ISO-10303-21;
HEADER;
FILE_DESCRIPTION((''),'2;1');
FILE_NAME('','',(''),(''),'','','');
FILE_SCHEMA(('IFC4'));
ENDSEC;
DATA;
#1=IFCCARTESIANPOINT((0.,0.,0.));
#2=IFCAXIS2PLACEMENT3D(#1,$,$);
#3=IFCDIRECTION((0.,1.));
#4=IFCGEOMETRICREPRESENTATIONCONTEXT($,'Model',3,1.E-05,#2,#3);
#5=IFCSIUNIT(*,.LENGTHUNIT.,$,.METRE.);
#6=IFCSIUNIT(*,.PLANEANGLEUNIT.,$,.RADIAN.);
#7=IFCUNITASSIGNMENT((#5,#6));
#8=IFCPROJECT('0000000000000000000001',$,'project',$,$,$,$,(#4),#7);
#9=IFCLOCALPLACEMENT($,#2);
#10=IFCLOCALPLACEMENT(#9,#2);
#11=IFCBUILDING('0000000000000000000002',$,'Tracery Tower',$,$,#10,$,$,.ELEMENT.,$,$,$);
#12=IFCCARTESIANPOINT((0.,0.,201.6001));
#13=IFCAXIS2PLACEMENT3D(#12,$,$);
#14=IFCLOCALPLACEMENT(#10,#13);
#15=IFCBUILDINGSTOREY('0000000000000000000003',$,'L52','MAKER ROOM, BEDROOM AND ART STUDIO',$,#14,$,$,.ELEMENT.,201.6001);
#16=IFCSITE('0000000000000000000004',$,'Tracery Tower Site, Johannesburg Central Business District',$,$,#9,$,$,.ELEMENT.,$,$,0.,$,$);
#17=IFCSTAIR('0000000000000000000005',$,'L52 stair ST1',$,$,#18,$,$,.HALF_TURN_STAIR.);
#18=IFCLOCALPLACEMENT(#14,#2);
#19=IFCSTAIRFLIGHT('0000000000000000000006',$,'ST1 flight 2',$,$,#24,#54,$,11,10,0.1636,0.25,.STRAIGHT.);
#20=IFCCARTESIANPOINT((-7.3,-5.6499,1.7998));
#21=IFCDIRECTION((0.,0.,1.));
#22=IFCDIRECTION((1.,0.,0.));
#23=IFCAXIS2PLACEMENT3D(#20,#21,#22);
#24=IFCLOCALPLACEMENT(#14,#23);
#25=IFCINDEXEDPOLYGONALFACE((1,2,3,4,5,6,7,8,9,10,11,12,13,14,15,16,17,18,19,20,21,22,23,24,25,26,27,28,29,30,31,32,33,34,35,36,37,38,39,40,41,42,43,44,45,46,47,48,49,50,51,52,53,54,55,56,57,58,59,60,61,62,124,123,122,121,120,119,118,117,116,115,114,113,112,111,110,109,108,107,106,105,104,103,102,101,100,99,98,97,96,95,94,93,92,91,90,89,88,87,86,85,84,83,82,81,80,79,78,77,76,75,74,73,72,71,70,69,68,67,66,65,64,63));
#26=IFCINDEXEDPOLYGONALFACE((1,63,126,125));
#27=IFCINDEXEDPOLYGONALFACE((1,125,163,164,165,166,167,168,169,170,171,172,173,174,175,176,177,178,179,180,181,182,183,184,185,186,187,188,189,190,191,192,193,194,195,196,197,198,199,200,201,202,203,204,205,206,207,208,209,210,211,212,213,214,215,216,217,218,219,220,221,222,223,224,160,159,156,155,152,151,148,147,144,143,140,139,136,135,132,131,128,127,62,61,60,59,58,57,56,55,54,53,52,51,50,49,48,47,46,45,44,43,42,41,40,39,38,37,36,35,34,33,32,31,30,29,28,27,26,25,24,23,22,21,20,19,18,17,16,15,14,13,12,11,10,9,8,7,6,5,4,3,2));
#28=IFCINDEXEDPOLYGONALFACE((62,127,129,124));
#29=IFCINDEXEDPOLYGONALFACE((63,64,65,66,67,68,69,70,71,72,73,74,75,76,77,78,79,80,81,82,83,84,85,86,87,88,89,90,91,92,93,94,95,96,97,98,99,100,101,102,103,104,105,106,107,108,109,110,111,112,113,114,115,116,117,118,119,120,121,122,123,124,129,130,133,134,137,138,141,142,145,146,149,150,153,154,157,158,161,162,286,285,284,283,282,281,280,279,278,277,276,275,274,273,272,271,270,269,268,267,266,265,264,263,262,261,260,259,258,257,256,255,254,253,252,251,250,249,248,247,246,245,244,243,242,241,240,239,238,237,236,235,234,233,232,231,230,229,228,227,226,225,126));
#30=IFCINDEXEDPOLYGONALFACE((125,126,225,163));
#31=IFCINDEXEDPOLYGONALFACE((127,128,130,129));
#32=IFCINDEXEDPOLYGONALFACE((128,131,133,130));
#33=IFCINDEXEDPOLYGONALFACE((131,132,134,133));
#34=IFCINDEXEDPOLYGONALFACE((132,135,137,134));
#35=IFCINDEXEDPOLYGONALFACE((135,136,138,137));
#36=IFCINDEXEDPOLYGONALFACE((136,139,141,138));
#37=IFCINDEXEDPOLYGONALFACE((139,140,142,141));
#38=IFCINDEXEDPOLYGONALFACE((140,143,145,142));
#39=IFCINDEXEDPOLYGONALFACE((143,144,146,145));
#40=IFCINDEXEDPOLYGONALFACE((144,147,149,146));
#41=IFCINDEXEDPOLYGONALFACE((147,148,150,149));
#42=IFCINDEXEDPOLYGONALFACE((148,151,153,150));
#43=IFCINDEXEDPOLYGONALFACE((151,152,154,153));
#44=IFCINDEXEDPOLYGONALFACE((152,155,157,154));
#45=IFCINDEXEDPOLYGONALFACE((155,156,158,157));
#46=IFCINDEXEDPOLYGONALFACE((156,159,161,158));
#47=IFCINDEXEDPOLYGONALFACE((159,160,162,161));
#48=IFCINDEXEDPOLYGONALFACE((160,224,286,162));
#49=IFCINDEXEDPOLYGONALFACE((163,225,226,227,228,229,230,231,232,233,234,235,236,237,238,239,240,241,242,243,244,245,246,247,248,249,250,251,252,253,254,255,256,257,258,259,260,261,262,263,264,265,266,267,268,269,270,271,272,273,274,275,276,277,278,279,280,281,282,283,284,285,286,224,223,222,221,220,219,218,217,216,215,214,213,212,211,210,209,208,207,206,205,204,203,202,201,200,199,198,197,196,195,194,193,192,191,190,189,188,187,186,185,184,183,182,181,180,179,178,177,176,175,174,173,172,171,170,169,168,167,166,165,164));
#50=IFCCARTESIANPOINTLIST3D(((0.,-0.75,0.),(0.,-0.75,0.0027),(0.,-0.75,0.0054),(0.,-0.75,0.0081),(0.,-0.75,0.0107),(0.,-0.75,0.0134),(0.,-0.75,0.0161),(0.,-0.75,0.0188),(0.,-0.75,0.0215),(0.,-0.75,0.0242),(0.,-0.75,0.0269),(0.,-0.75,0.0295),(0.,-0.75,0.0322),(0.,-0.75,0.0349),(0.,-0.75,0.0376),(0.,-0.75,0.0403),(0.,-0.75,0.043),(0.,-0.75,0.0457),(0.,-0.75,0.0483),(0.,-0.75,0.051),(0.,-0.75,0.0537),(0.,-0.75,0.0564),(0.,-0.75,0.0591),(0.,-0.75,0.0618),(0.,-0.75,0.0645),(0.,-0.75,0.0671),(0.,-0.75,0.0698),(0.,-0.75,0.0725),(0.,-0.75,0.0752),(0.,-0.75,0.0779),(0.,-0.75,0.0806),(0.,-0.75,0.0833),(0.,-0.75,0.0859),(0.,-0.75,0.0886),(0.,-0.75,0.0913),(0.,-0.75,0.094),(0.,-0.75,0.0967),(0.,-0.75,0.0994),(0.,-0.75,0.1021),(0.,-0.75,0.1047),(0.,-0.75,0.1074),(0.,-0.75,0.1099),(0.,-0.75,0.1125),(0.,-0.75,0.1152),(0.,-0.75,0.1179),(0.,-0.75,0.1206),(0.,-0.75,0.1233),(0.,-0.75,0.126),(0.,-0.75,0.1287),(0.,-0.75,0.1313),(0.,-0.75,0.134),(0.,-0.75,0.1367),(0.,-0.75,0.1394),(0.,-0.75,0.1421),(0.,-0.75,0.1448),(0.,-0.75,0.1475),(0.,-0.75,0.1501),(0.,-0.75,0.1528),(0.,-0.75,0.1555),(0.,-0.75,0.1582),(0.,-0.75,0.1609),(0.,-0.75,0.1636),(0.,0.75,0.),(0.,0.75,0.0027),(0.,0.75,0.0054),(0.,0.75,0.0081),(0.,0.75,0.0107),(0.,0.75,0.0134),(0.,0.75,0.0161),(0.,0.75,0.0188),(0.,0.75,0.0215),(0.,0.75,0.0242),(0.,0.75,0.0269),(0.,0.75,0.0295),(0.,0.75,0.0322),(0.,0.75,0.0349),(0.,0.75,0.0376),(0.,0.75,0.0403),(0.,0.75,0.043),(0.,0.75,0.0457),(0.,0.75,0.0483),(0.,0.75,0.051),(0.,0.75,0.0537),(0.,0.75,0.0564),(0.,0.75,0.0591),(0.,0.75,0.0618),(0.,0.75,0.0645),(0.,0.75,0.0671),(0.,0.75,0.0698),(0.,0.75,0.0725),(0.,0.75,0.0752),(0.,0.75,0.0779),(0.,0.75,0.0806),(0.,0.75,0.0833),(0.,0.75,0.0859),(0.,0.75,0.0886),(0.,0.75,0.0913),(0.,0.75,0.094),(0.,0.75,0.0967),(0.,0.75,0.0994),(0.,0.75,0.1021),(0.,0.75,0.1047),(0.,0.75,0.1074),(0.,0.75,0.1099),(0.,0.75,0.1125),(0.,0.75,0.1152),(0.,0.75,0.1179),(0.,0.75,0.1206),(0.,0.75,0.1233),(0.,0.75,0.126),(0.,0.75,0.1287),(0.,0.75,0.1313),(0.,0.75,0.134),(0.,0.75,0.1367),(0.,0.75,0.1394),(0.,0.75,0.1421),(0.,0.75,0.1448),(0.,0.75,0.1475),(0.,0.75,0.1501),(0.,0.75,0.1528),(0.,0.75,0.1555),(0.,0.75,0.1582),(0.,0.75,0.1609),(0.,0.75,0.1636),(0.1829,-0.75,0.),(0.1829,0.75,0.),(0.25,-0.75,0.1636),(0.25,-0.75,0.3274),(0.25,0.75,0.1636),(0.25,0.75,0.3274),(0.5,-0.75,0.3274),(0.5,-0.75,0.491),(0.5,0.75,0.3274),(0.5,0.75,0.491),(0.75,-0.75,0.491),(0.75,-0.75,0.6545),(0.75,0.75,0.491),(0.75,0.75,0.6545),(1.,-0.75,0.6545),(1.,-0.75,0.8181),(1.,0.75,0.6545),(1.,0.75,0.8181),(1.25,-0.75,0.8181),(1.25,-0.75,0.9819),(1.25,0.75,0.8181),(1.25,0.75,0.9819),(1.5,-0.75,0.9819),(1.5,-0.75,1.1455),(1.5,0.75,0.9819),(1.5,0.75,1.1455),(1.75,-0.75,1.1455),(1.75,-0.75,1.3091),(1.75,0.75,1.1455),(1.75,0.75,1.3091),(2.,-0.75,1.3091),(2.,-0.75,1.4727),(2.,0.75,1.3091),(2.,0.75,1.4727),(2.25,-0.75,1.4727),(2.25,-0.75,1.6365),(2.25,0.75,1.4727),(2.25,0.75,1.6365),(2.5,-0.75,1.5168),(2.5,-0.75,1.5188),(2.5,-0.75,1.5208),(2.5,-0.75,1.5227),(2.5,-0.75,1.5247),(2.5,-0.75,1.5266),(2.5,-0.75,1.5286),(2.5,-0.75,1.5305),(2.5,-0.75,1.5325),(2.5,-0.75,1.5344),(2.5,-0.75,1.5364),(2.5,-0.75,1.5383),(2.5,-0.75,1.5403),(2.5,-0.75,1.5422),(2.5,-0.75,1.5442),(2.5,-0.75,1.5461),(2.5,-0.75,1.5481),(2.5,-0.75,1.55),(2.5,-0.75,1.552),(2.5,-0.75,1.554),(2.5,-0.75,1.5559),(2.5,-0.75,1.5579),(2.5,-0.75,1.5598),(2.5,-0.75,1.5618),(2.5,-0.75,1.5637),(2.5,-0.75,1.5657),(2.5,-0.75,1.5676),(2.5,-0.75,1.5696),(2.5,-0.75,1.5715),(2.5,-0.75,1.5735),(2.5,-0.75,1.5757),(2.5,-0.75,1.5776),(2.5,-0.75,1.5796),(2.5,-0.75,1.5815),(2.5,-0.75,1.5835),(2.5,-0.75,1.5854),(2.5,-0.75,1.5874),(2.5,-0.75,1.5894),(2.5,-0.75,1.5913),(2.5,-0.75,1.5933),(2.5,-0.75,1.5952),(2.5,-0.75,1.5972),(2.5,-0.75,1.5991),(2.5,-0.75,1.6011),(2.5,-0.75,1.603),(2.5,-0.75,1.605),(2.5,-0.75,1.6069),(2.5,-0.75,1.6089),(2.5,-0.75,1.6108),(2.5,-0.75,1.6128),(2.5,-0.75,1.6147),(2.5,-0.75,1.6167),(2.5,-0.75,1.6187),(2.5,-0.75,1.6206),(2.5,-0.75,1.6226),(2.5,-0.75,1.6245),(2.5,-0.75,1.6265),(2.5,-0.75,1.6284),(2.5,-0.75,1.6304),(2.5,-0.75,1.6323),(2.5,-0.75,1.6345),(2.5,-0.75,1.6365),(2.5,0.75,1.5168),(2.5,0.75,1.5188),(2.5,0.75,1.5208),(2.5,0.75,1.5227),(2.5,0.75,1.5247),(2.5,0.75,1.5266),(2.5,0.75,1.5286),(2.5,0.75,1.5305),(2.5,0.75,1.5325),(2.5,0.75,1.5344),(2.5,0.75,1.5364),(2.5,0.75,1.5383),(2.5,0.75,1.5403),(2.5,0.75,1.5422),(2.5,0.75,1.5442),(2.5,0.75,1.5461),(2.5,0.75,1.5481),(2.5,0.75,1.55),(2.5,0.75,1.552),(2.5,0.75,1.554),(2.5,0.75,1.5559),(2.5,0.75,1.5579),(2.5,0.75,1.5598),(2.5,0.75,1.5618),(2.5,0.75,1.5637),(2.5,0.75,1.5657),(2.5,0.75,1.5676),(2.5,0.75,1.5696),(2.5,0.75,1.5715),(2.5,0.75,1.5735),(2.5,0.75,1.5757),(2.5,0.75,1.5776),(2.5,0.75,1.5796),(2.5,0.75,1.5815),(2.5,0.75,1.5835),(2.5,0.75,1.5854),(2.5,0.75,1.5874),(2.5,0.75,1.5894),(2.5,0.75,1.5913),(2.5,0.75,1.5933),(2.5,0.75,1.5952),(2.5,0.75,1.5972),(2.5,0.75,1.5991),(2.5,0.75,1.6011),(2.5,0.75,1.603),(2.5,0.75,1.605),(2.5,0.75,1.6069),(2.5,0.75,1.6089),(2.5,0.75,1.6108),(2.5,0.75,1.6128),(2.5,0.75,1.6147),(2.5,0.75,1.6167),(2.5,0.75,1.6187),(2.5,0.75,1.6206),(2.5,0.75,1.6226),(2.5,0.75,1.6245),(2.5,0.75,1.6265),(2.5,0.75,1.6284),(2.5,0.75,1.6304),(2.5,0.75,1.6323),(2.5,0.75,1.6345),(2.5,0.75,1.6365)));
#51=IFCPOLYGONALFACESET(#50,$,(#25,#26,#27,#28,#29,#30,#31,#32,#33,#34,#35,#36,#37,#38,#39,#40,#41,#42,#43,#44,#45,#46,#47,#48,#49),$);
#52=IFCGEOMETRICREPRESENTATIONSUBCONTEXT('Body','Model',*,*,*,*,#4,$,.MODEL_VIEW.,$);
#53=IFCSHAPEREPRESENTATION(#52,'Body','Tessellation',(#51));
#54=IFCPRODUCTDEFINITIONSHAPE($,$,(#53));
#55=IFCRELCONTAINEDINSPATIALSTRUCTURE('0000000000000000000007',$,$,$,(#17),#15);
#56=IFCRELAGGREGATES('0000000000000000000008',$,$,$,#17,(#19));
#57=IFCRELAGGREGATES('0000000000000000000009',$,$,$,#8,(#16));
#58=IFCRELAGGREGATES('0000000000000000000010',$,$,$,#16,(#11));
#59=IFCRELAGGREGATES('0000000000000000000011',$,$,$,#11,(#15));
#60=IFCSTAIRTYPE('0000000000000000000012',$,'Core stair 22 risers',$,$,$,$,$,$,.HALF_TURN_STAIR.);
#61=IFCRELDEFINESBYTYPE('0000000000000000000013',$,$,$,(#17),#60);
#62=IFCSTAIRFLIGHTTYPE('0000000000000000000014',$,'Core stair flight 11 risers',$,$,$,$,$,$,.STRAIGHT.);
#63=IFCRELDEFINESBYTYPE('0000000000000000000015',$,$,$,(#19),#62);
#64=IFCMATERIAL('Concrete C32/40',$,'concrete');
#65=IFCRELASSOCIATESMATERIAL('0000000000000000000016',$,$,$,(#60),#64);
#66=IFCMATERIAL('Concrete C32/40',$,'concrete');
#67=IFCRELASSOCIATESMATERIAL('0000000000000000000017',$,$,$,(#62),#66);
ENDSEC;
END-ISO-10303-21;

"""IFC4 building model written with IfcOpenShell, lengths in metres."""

from ifc_helpers import new_model, si_unit, direction, frame, origin, place, context, subcontext, project, spatial, polyline, outline, extrude, material, type_object, element, aggregate, save


model = new_model("IFC4")

# Units and contexts
model_context = context("Model", 3, precision=1e-05, world=origin(), true_north=direction((0.0, 1.0)))
body_context = subcontext(model_context, "Body", "Model", "MODEL_VIEW")
ifc_project = project(units=[si_unit("LENGTHUNIT", "METRE"), si_unit("PLANEANGLEUNIT", "RADIAN")], contexts=[model_context])

# Site, building, storey
site_placement = place(None, origin())
site = spatial("IfcSite", under=ifc_project, at=site_placement, Name="Tracery Tower Site, Johannesburg Central Business District", CompositionType="ELEMENT", RefElevation=0.0)
building_placement = place(site_placement, origin())
building = spatial("IfcBuilding", under=site, at=building_placement, Name="Tracery Tower", CompositionType="ELEMENT")
storey_placement = place(building_placement, frame((0.0, 0.0, 201.6001)))
storey = spatial("IfcBuildingStorey", under=building, at=storey_placement, Name="L52", Description="MAKER ROOM, BEDROOM AND ART STUDIO", CompositionType="ELEMENT", Elevation=201.6001)

# Stair, stair flight
ifc_material_1 = material(Name="Concrete C32/40", Category="concrete")
stair_type = type_object("IfcStairType", Name="Core stair 22 risers", PredefinedType="HALF_TURN_STAIR", material=ifc_material_1)
stair_placement = place(storey_placement, origin())
stair = element("IfcStair", 1, at=stair_placement, inside=storey, type_object=stair_type, Name="L52 stair ST1", PredefinedType="HALF_TURN_STAIR")
ifc_material_2 = material(Name="Concrete C32/40", Category="concrete")
stair_flight_type = type_object("IfcStairFlightType", Name="Core stair flight 11 risers", PredefinedType="STRAIGHT", material=ifc_material_2)
stair_flight_1_placement = place(storey_placement, frame((-7.3, -5.6499, 1.7998), z_axis=(0.0, 0.0, 1.0), x_axis=(1.0, 0.0, 0.0)))
stair_flight_1 = element("IfcStairFlight", 2, at=stair_flight_1_placement, type_object=stair_flight_type, Name="ST1 flight 2", NumberOfRisers=11, NumberOfTreads=10, PredefinedType="STRAIGHT", RiserHeight=0.1636, TreadLength=0.25, context=body_context, shape_type="SweptSolid", body=[
    extrude(outline(polyline([(0.0, 0.0), (0.0, 0.0027), (0.0, 0.0054), (0.0, 0.0081), (0.0, 0.0107), (0.0, 0.0134), (0.0, 0.0161), (0.0, 0.0188), (0.0, 0.0215), (0.0, 0.0242), (0.0, 0.0269), (0.0, 0.0295), (0.0, 0.0322), (0.0, 0.0349), (0.0, 0.0376), (0.0, 0.0403), (0.0, 0.043), (0.0, 0.0457), (0.0, 0.0483), (0.0, 0.051), (0.0, 0.0537), (0.0, 0.0564), (0.0, 0.0591), (0.0, 0.0618), (0.0, 0.0645), (0.0, 0.0671), (0.0, 0.0698), (0.0, 0.0725), (0.0, 0.0752), (0.0, 0.0779), (0.0, 0.0806), (0.0, 0.0833), (0.0, 0.0859), (0.0, 0.0886), (0.0, 0.0913), (0.0, 0.094), (0.0, 0.0967), (0.0, 0.0994), (0.0, 0.1021), (0.0, 0.1047), (0.0, 0.1074), (0.0, 0.1099), (0.0, 0.1125), (0.0, 0.1152), (0.0, 0.1179), (0.0, 0.1206), (0.0, 0.1233), (0.0, 0.126), (0.0, 0.1287), (0.0, 0.1313), (0.0, 0.134), (0.0, 0.1367), (0.0, 0.1394), (0.0, 0.1421), (0.0, 0.1448), (0.0, 0.1475), (0.0, 0.1501), (0.0, 0.1528), (0.0, 0.1555), (0.0, 0.1582), (0.0, 0.1609), (0.0, 0.1636), (0.25, 0.1636), (0.25, 0.3274), (0.5, 0.3274), (0.5, 0.491), (0.75, 0.491), (0.75, 0.6545), (1.0, 0.6545), (1.0, 0.8181), (1.25, 0.8181), (1.25, 0.9819), (1.5, 0.9819), (1.5, 1.1455), (1.75, 1.1455), (1.75, 1.3091), (2.0, 1.3091), (2.0, 1.4727), (2.25, 1.4727), (2.25, 1.6365), (2.5, 1.6365), (2.5, 1.6345), (2.5, 1.6323), (2.5, 1.6304), (2.5, 1.6284), (2.5, 1.6265), (2.5, 1.6245), (2.5, 1.6226), (2.5, 1.6206), (2.5, 1.6187), (2.5, 1.6167), (2.5, 1.6147), (2.5, 1.6128), (2.5, 1.6108), (2.5, 1.6089), (2.5, 1.6069), (2.5, 1.605), (2.5, 1.603), (2.5, 1.6011), (2.5, 1.5991), (2.5, 1.5972), (2.5, 1.5952), (2.5, 1.5933), (2.5, 1.5913), (2.5, 1.5894), (2.5, 1.5874), (2.5, 1.5854), (2.5, 1.5835), (2.5, 1.5815), (2.5, 1.5796), (2.5, 1.5776), (2.5, 1.5757), (2.5, 1.5735), (2.5, 1.5715), (2.5, 1.5696), (2.5, 1.5676), (2.5, 1.5657), (2.5, 1.5637), (2.5, 1.5618), (2.5, 1.5598), (2.5, 1.5579), (2.5, 1.5559), (2.5, 1.554), (2.5, 1.552), (2.5, 1.55), (2.5, 1.5481), (2.5, 1.5461), (2.5, 1.5442), (2.5, 1.5422), (2.5, 1.5403), (2.5, 1.5383), (2.5, 1.5364), (2.5, 1.5344), (2.5, 1.5325), (2.5, 1.5305), (2.5, 1.5286), (2.5, 1.5266), (2.5, 1.5247), (2.5, 1.5227), (2.5, 1.5208), (2.5, 1.5188), (2.5, 1.5168), (0.1829, 0.0), (0.0, 0.0)])), frame((0.0, 0.75, 0.0), z_axis=(0.0, -1.0, 0.0), x_axis=(1.0, 0.0, 0.0)), (0.0, 0.0, 1.0), 1.5),
])
aggregate(stair, [stair_flight_1])

save(model, "model.ifc")
